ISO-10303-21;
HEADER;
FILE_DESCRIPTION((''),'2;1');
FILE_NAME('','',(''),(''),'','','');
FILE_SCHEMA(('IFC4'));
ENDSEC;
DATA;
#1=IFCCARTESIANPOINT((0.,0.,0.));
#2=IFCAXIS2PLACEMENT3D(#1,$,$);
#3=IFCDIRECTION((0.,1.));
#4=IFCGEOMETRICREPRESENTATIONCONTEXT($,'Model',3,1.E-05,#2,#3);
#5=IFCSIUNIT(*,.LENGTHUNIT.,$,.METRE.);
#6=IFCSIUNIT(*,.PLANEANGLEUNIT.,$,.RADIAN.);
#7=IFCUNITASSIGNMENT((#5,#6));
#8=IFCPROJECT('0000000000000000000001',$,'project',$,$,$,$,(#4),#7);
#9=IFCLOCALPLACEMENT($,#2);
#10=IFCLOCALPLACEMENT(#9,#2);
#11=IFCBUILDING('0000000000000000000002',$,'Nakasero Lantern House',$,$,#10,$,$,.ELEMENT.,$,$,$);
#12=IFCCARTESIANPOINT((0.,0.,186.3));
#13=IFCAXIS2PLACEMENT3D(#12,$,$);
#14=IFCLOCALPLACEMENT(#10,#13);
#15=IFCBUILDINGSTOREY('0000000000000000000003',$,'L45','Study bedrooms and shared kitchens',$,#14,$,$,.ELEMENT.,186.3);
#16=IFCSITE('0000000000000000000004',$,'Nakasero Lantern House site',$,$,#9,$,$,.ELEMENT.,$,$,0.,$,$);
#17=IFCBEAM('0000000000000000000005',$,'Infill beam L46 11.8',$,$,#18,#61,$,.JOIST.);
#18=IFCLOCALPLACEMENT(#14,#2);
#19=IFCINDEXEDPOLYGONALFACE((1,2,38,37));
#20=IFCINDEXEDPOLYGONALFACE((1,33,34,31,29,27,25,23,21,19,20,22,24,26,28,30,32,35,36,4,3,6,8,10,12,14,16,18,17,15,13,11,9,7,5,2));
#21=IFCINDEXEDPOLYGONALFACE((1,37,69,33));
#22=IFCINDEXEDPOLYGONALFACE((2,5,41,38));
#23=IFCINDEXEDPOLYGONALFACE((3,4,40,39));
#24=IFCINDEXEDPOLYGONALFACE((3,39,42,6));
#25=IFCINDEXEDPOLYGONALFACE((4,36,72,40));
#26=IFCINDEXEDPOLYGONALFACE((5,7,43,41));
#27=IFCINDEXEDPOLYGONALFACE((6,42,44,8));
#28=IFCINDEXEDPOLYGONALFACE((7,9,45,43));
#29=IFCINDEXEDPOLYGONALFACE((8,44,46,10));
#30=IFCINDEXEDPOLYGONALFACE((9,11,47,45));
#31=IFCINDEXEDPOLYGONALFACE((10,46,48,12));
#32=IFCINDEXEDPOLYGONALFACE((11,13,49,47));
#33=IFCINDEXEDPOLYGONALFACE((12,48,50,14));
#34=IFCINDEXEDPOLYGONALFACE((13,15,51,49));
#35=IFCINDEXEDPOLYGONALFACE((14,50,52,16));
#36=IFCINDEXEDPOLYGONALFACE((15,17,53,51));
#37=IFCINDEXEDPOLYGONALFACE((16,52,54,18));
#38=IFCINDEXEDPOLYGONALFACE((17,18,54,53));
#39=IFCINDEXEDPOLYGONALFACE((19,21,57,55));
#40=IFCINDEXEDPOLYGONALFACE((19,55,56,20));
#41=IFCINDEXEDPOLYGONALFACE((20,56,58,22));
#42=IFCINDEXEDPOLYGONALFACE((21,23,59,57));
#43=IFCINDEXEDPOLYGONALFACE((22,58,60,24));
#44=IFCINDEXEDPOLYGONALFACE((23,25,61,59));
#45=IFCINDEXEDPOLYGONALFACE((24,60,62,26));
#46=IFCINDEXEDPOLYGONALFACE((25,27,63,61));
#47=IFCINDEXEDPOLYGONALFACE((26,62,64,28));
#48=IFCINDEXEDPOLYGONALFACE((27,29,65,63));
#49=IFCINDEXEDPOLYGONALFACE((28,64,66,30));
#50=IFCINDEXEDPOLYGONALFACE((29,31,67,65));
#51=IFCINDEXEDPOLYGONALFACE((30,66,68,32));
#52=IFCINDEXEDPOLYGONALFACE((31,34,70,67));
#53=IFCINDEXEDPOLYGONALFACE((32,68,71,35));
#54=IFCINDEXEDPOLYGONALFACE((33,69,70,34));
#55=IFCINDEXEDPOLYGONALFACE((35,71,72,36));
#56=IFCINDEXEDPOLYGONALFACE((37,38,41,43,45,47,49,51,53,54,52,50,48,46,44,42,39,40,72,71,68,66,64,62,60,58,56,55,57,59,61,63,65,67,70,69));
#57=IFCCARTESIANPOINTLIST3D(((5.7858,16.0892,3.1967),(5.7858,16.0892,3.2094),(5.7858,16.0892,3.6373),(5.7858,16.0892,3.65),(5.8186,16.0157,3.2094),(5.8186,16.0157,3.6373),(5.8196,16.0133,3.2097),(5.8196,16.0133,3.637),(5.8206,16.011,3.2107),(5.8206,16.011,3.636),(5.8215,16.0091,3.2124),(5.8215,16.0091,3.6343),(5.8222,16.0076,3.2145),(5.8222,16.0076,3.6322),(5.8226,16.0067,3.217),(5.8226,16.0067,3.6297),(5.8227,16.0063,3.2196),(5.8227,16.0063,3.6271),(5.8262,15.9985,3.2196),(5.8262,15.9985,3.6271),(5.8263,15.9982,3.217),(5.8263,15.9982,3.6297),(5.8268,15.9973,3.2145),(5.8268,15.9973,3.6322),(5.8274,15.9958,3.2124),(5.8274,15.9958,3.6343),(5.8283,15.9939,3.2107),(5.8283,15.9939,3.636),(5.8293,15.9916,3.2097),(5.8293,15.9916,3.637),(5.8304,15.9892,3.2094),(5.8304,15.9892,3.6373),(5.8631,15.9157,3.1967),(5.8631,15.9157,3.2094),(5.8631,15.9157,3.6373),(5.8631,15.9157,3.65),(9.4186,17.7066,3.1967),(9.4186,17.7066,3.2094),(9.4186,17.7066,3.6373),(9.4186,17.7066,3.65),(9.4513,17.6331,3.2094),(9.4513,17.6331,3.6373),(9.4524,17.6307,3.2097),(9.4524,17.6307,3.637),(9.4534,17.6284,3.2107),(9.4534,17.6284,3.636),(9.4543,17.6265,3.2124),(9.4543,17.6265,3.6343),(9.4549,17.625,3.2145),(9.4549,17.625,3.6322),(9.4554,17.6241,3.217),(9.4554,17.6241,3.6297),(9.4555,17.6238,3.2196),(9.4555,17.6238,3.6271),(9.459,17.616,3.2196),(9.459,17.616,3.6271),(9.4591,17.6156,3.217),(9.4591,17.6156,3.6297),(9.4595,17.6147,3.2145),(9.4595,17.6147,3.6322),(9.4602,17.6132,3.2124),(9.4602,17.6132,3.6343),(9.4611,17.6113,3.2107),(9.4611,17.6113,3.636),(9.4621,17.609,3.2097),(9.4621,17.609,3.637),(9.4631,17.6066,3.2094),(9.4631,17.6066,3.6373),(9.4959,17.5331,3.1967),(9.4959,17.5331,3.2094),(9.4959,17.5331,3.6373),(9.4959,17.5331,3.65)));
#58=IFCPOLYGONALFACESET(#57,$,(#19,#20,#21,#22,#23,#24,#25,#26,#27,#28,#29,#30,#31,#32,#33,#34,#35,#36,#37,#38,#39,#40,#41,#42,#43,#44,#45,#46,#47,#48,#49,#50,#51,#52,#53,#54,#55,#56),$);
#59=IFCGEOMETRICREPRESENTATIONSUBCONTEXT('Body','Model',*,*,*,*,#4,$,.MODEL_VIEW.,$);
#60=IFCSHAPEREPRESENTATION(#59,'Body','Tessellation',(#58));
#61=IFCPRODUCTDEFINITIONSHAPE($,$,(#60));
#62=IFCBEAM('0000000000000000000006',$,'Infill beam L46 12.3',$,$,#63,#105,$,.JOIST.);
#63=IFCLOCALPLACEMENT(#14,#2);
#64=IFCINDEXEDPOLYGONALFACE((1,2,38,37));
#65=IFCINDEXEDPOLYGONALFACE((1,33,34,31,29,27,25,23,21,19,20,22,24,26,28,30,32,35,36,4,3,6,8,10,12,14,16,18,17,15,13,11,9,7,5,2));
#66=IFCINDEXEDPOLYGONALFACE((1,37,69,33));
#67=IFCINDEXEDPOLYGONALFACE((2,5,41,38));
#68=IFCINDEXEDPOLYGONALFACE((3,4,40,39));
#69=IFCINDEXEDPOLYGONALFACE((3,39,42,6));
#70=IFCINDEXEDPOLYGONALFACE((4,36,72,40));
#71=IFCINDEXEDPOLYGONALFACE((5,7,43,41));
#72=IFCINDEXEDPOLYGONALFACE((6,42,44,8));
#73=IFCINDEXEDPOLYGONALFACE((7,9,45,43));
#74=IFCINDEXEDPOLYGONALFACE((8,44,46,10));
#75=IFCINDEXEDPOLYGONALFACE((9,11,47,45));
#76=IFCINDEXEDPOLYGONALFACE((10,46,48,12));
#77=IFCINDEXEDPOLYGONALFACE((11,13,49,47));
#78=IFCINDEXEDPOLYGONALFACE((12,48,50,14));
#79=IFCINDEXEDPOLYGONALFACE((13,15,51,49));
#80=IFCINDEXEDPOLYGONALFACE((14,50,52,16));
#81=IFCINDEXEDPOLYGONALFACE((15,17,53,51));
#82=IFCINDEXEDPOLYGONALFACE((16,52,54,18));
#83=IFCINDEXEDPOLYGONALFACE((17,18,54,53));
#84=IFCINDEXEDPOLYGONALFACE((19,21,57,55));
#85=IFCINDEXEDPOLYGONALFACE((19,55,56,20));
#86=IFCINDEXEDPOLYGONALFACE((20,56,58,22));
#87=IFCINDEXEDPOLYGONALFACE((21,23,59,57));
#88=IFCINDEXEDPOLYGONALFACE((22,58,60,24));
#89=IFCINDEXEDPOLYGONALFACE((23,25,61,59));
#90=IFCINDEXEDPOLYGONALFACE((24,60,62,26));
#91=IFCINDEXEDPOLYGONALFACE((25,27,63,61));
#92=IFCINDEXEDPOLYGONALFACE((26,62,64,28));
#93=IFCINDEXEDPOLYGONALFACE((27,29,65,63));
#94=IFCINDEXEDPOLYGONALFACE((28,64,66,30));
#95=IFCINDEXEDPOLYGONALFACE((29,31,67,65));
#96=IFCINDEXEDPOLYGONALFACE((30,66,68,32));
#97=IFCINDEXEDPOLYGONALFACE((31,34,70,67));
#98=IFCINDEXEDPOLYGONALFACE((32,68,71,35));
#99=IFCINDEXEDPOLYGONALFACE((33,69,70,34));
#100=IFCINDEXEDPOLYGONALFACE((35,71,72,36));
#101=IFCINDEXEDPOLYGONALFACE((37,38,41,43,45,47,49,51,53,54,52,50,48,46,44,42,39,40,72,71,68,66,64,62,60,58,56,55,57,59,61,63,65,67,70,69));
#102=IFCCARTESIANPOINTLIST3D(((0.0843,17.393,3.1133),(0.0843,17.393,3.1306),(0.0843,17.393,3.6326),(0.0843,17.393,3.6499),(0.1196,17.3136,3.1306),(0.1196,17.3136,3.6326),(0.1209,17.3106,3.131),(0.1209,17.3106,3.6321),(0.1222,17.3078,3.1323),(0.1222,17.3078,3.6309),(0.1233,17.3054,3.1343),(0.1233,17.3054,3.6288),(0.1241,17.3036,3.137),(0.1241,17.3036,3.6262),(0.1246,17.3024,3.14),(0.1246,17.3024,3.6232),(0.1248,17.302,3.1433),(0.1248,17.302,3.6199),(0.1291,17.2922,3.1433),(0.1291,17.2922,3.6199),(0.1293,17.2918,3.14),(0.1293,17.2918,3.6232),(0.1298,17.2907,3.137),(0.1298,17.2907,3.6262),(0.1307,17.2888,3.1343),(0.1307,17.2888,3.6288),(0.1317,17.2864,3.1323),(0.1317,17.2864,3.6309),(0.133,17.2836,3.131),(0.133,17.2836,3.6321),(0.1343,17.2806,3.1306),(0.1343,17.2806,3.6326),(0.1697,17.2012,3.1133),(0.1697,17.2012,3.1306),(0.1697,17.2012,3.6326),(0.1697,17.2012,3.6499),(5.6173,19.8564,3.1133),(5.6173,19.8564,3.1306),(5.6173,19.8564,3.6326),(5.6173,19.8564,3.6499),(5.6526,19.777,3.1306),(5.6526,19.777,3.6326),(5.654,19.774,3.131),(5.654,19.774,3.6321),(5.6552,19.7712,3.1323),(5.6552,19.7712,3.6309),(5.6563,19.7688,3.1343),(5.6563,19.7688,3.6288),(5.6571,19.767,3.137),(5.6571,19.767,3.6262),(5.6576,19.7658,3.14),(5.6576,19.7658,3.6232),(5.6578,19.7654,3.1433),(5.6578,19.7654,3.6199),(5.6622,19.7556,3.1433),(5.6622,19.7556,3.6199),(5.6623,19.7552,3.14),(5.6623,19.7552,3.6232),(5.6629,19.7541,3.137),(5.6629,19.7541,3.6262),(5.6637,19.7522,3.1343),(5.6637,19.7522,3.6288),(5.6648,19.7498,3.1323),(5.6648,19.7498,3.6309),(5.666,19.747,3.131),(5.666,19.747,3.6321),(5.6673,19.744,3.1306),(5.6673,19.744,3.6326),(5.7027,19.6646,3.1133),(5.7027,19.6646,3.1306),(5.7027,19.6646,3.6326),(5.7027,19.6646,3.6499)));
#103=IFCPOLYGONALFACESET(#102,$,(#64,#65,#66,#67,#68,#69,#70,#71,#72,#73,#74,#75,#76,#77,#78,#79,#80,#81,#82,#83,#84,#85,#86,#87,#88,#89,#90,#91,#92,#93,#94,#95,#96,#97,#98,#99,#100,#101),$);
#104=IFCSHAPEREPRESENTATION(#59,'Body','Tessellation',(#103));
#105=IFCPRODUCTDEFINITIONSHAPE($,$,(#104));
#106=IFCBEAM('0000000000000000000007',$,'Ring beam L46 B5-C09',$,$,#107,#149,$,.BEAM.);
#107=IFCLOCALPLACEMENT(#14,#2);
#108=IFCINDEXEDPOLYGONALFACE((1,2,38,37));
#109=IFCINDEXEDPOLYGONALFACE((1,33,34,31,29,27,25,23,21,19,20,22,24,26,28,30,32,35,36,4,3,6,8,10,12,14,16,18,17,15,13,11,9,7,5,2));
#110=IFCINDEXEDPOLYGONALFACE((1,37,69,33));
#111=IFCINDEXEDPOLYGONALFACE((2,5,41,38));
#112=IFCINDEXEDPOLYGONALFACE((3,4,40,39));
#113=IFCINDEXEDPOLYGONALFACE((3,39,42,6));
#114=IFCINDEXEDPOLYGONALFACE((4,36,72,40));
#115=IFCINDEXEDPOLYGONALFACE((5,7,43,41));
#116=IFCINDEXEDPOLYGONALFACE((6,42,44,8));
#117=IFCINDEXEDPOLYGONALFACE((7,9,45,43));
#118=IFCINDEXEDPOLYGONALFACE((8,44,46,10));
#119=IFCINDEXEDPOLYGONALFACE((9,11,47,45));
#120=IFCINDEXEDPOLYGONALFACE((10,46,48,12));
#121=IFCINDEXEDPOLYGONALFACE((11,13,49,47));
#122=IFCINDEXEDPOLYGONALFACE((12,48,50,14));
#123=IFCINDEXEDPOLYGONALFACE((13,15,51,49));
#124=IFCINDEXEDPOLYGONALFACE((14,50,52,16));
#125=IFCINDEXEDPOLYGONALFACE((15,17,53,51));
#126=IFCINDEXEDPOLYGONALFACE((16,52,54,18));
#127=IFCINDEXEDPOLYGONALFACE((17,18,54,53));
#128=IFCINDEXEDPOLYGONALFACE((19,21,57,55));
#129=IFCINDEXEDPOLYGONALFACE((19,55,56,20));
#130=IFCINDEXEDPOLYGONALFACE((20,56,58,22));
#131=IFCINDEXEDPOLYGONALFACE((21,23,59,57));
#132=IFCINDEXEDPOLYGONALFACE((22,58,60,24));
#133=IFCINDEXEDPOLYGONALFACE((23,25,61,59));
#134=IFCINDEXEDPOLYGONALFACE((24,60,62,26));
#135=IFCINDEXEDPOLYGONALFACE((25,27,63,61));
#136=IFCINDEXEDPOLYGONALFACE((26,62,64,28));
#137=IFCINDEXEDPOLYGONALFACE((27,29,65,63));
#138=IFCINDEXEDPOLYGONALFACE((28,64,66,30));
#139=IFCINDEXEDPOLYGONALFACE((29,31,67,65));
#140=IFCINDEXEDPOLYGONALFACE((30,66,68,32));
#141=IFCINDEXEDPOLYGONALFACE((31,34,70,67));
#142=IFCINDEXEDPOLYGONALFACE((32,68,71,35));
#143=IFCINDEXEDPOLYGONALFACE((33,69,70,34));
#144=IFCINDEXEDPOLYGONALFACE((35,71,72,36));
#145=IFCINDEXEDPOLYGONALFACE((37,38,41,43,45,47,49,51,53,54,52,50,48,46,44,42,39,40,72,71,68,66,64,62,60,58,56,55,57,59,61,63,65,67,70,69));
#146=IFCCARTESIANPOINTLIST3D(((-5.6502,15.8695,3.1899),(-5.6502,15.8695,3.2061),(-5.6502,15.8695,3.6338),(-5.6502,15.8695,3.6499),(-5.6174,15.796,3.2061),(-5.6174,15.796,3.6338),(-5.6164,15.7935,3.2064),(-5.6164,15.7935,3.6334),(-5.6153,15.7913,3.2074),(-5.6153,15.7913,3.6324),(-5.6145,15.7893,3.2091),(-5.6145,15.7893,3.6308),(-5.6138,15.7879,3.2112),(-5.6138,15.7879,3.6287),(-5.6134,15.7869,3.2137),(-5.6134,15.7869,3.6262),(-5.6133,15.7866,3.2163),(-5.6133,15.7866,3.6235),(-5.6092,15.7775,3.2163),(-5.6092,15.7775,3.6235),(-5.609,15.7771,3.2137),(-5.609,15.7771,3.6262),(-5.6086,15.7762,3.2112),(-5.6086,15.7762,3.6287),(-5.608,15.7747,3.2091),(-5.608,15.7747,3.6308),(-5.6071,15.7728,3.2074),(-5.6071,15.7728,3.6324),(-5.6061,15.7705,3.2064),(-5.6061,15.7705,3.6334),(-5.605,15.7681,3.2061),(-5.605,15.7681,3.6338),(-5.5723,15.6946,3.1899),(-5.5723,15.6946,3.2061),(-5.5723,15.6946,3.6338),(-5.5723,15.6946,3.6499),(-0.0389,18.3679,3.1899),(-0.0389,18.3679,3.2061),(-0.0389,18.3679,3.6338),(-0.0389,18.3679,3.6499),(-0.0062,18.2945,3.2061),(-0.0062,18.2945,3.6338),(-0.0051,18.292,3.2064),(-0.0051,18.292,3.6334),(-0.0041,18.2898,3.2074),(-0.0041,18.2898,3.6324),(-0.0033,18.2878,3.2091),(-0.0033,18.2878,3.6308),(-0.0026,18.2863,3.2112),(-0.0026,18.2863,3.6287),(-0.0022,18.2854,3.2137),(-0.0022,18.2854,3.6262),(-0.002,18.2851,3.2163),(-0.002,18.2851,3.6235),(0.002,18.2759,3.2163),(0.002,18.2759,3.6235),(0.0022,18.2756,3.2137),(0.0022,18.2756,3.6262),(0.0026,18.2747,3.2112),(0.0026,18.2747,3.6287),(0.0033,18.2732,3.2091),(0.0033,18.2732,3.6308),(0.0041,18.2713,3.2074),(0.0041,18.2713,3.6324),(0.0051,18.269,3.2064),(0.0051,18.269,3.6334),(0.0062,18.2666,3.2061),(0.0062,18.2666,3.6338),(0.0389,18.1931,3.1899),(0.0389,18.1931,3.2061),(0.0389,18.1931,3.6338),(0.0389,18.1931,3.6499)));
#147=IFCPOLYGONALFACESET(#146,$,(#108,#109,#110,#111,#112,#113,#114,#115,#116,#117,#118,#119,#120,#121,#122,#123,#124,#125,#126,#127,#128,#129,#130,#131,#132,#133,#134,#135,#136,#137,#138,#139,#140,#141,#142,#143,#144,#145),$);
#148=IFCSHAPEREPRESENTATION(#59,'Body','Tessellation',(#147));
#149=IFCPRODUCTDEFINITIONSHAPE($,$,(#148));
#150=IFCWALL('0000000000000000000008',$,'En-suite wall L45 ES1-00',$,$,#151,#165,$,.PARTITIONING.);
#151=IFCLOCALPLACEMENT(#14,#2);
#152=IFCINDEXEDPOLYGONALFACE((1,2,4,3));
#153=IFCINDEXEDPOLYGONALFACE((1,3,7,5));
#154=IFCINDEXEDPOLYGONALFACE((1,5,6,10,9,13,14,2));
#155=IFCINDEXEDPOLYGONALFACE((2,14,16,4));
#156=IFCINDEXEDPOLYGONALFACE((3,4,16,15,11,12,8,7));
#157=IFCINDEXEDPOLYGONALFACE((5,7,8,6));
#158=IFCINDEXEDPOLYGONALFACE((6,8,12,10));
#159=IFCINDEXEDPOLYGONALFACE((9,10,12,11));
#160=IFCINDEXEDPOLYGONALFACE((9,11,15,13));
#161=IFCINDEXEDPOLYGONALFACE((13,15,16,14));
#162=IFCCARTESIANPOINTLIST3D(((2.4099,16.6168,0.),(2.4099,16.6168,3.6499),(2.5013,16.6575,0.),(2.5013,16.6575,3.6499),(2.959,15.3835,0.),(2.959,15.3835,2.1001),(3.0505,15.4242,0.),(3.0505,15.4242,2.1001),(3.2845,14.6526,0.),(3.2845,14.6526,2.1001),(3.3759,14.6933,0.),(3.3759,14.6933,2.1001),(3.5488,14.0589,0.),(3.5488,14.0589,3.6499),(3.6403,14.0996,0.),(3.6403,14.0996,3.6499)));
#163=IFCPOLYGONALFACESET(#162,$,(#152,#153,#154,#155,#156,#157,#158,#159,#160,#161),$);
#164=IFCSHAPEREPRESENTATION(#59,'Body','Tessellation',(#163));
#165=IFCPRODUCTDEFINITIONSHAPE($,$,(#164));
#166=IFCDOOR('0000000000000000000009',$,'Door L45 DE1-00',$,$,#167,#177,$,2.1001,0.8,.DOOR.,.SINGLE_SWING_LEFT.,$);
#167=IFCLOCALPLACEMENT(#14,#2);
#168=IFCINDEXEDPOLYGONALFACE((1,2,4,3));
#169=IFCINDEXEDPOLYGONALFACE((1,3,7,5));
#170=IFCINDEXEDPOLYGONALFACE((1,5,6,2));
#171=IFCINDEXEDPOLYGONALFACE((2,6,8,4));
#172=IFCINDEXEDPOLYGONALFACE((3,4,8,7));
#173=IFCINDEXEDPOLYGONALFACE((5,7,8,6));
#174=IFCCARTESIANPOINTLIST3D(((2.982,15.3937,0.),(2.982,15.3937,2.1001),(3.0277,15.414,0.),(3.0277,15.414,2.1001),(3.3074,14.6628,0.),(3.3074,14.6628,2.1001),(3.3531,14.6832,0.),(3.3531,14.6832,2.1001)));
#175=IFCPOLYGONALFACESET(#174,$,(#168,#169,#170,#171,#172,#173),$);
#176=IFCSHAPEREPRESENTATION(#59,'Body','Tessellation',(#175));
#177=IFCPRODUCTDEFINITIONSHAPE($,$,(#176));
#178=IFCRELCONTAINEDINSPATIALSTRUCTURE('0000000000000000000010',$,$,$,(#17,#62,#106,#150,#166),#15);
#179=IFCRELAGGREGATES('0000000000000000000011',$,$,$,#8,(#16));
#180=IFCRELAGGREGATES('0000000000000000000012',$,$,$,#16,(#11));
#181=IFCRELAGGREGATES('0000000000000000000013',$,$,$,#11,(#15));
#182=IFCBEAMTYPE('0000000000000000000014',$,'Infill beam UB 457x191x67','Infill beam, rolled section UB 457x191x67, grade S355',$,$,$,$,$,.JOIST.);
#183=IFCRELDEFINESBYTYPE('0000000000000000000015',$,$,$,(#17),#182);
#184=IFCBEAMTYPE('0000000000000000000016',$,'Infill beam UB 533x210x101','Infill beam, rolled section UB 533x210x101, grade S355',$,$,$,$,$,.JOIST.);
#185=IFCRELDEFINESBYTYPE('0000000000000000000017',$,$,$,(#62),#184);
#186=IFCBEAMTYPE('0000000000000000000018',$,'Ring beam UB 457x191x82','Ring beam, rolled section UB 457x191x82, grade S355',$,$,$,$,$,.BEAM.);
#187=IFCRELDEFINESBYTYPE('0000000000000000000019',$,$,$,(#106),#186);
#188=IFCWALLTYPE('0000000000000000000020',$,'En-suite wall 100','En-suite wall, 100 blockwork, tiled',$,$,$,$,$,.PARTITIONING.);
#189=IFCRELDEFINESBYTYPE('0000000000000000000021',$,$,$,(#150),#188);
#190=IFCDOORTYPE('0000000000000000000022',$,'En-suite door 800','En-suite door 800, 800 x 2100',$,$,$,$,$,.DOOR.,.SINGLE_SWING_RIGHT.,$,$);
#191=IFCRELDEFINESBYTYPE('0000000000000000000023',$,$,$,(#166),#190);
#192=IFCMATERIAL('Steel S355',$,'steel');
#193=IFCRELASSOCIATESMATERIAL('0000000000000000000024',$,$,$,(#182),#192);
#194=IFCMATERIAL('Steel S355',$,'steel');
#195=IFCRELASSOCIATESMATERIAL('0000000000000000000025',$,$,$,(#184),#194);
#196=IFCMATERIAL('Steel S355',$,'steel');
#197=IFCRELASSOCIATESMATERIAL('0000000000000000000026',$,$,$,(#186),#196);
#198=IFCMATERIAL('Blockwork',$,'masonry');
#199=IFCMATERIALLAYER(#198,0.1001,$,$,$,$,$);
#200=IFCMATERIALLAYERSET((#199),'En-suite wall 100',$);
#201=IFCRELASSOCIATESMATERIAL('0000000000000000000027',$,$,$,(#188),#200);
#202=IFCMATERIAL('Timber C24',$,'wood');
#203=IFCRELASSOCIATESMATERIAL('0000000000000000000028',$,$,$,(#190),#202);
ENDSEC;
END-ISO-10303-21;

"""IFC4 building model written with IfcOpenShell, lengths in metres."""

from ifc_helpers import new_model, si_unit, direction, frame, frame_2d, origin, origin_2d, place, context, subcontext, project, spatial, rectangle, i_section, extrude, material, layer, layer_set, material_profile, profile_set, type_object, element, fill, save


model = new_model("IFC4")

# Units and contexts
model_context = context("Model", 3, precision=1e-05, world=origin(), true_north=direction((0.0, 1.0)))
body_context = subcontext(model_context, "Body", "Model", "MODEL_VIEW")
ifc_project = project(units=[si_unit("LENGTHUNIT", "METRE"), si_unit("PLANEANGLEUNIT", "RADIAN")], contexts=[model_context])

# Site, building, storey
site_placement = place(None, origin())
site = spatial("IfcSite", under=ifc_project, at=site_placement, Name="Nakasero Lantern House site", CompositionType="ELEMENT", RefElevation=0.0)
building_placement = place(site_placement, origin())
building = spatial("IfcBuilding", under=site, at=building_placement, Name="Nakasero Lantern House", CompositionType="ELEMENT")
storey_placement = place(building_placement, frame((0.0, 0.0, 186.3)))
storey = spatial("IfcBuildingStorey", under=building, at=storey_placement, Name="L45", Description="Study bedrooms and shared kitchens", CompositionType="ELEMENT", Elevation=186.3)

# Beams
ifc_material_1 = material(Name="Steel S355", Category="steel")
ifc_material_profile_1 = material_profile(ifc_material_1, i_section(OverallWidth=0.1899, OverallDepth=0.4534, WebThickness=0.0085, FlangeThickness=0.0127, FilletRadius=0.0103, at=origin_2d()), Name="UB 457x191x67")
ifc_profile_set_1 = profile_set([ifc_material_profile_1], Name="Steel S355")
beam_type_1 = type_object("IfcBeamType", Name="Infill beam UB 457x191x67", Description="Infill beam, rolled section UB 457x191x67, grade S355", PredefinedType="JOIST", material=ifc_profile_set_1)
beam_1_placement = place(storey_placement, frame((5.8245, 16.0024, 3.4233), z_axis=(0.913546, 0.406736, 0.0), x_axis=(-0.406736, 0.913546, 0.0)))
element("IfcBeam", 1, at=beam_1_placement, inside=storey, type_object=beam_type_1, Name="Infill beam L46 11.8", PredefinedType="JOIST", context=body_context, shape_type="SweptSolid", body=[
    extrude(i_section(OverallWidth=0.1899, OverallDepth=0.4534, WebThickness=0.0085, FlangeThickness=0.0127, FilletRadius=0.0103, at=origin_2d()), origin(), (0.0, 0.0, 1.0), 3.9766),
])
ifc_material_2 = material(Name="Steel S355", Category="steel")
ifc_material_profile_2 = material_profile(ifc_material_2, i_section(OverallWidth=0.21, OverallDepth=0.5366, WebThickness=0.0107, FlangeThickness=0.0173, FilletRadius=0.0127, at=origin_2d()), Name="UB 533x210x101")
ifc_profile_set_2 = profile_set([ifc_material_profile_2], Name="Steel S355")
beam_type_2 = type_object("IfcBeamType", Name="Infill beam UB 533x210x101", Description="Infill beam, rolled section UB 533x210x101, grade S355", PredefinedType="JOIST", material=ifc_profile_set_2)
beam_2_placement = place(storey_placement, frame((0.127, 17.2971, 3.3816), z_axis=(0.913549, 0.406729, 0.0), x_axis=(-0.406729, 0.913549, 0.0)))
element("IfcBeam", 2, at=beam_2_placement, inside=storey, type_object=beam_type_2, Name="Infill beam L46 12.3", PredefinedType="JOIST", context=body_context, shape_type="SweptSolid", body=[
    extrude(i_section(OverallWidth=0.21, OverallDepth=0.5366, WebThickness=0.0107, FlangeThickness=0.0173, FilletRadius=0.0127, at=origin_2d()), origin(), (0.0, 0.0, 1.0), 6.0566),
])
ifc_material_3 = material(Name="Steel S355", Category="steel")
ifc_material_profile_3 = material_profile(ifc_material_3, i_section(OverallWidth=0.1914, OverallDepth=0.46, WebThickness=0.01, FlangeThickness=0.0161, FilletRadius=0.0103, at=origin_2d()), Name="UB 457x191x82")
ifc_profile_set_3 = profile_set([ifc_material_profile_3], Name="Steel S355")
beam_type_3 = type_object("IfcBeamType", Name="Ring beam UB 457x191x82", Description="Ring beam, rolled section UB 457x191x82, grade S355", PredefinedType="BEAM", material=ifc_profile_set_3)
beam_3_placement = place(storey_placement, frame((0.0, 18.2805, 3.4199), z_axis=(-0.913533, -0.406765, 0.0), x_axis=(0.406765, -0.913533, 0.0)))
element("IfcBeam", 3, at=beam_3_placement, inside=storey, type_object=beam_type_3, Name="Ring beam L46 B5-C09", PredefinedType="BEAM", context=body_context, shape_type="SweptSolid", body=[
    extrude(i_section(OverallWidth=0.1914, OverallDepth=0.46, WebThickness=0.01, FlangeThickness=0.0161, FilletRadius=0.0103, at=origin_2d()), origin(), (0.0, 0.0, 1.0), 6.1423),
])

# Wall, opening, door
ifc_material_4 = material(Name="Blockwork", Category="masonry")
ifc_layer_1 = layer(ifc_material_4, 0.1001)
ifc_layer_set_1 = layer_set([ifc_layer_1], Name="En-suite wall 100")
wall_type_1 = type_object("IfcWallType", Name="En-suite wall 100", Description="En-suite wall, 100 blockwork, tiled", PredefinedType="PARTITIONING", material=ifc_layer_set_1)
wall_1_placement = place(storey_placement, frame((3.5945, 14.0793, 0.0), z_axis=(0.0, 0.0, 1.0), x_axis=(-0.406761, 0.913534, 0.0)))
wall_1 = element("IfcWall", 4, at=wall_1_placement, inside=storey, type_object=wall_type_1, Name="En-suite wall L45 ES1-00", PredefinedType="PARTITIONING", context=body_context, shape_type="SweptSolid", body=[
    extrude(rectangle(XDim=2.8, YDim=0.1001, at=frame_2d((1.3999, 0.0))), origin(), (0.0, 0.0, 1.0), 3.6499),
])
opening_1_placement = place(wall_1_placement, frame((0.6499, 0.0, 0.0)))
opening_1 = element("IfcOpeningElement", 5, at=opening_1_placement, cuts=wall_1, PredefinedType="OPENING", context=body_context, shape_type="SweptSolid", body=[
    extrude(rectangle(XDim=0.8, YDim=2.1001, at=frame_2d((0.3999, 1.05))), frame((0.0, 0.0701, 0.0), z_axis=(0.0, -1.0, 0.0), x_axis=(1.0, 0.0, 0.0)), (0.0, 0.0, 1.0), 0.1401),
])
ifc_material_5 = material(Name="Timber C24", Category="wood")
door_type_1 = type_object("IfcDoorType", Name="En-suite door 800", Description="En-suite door 800, 800 x 2100", OperationType="SINGLE_SWING_RIGHT", PredefinedType="DOOR", material=ifc_material_5)
door_1_placement = place(opening_1_placement, origin())
door_1 = element("IfcDoor", 6, at=door_1_placement, inside=storey, type_object=door_type_1, Name="Door L45 DE1-00", OperationType="SINGLE_SWING_LEFT", OverallHeight=2.1001, OverallWidth=0.8, PredefinedType="DOOR", context=body_context, shape_type="SweptSolid", body=[
    extrude(rectangle(XDim=0.8, YDim=2.1001, at=frame_2d((0.3999, 1.05))), frame((0.0, 0.0249, 0.0), z_axis=(0.0, -1.0, 0.0), x_axis=(1.0, 0.0, 0.0)), (0.0, 0.0, 1.0), 0.05),
])
fill(opening_1, door_1)

save(model, "model.ifc")
